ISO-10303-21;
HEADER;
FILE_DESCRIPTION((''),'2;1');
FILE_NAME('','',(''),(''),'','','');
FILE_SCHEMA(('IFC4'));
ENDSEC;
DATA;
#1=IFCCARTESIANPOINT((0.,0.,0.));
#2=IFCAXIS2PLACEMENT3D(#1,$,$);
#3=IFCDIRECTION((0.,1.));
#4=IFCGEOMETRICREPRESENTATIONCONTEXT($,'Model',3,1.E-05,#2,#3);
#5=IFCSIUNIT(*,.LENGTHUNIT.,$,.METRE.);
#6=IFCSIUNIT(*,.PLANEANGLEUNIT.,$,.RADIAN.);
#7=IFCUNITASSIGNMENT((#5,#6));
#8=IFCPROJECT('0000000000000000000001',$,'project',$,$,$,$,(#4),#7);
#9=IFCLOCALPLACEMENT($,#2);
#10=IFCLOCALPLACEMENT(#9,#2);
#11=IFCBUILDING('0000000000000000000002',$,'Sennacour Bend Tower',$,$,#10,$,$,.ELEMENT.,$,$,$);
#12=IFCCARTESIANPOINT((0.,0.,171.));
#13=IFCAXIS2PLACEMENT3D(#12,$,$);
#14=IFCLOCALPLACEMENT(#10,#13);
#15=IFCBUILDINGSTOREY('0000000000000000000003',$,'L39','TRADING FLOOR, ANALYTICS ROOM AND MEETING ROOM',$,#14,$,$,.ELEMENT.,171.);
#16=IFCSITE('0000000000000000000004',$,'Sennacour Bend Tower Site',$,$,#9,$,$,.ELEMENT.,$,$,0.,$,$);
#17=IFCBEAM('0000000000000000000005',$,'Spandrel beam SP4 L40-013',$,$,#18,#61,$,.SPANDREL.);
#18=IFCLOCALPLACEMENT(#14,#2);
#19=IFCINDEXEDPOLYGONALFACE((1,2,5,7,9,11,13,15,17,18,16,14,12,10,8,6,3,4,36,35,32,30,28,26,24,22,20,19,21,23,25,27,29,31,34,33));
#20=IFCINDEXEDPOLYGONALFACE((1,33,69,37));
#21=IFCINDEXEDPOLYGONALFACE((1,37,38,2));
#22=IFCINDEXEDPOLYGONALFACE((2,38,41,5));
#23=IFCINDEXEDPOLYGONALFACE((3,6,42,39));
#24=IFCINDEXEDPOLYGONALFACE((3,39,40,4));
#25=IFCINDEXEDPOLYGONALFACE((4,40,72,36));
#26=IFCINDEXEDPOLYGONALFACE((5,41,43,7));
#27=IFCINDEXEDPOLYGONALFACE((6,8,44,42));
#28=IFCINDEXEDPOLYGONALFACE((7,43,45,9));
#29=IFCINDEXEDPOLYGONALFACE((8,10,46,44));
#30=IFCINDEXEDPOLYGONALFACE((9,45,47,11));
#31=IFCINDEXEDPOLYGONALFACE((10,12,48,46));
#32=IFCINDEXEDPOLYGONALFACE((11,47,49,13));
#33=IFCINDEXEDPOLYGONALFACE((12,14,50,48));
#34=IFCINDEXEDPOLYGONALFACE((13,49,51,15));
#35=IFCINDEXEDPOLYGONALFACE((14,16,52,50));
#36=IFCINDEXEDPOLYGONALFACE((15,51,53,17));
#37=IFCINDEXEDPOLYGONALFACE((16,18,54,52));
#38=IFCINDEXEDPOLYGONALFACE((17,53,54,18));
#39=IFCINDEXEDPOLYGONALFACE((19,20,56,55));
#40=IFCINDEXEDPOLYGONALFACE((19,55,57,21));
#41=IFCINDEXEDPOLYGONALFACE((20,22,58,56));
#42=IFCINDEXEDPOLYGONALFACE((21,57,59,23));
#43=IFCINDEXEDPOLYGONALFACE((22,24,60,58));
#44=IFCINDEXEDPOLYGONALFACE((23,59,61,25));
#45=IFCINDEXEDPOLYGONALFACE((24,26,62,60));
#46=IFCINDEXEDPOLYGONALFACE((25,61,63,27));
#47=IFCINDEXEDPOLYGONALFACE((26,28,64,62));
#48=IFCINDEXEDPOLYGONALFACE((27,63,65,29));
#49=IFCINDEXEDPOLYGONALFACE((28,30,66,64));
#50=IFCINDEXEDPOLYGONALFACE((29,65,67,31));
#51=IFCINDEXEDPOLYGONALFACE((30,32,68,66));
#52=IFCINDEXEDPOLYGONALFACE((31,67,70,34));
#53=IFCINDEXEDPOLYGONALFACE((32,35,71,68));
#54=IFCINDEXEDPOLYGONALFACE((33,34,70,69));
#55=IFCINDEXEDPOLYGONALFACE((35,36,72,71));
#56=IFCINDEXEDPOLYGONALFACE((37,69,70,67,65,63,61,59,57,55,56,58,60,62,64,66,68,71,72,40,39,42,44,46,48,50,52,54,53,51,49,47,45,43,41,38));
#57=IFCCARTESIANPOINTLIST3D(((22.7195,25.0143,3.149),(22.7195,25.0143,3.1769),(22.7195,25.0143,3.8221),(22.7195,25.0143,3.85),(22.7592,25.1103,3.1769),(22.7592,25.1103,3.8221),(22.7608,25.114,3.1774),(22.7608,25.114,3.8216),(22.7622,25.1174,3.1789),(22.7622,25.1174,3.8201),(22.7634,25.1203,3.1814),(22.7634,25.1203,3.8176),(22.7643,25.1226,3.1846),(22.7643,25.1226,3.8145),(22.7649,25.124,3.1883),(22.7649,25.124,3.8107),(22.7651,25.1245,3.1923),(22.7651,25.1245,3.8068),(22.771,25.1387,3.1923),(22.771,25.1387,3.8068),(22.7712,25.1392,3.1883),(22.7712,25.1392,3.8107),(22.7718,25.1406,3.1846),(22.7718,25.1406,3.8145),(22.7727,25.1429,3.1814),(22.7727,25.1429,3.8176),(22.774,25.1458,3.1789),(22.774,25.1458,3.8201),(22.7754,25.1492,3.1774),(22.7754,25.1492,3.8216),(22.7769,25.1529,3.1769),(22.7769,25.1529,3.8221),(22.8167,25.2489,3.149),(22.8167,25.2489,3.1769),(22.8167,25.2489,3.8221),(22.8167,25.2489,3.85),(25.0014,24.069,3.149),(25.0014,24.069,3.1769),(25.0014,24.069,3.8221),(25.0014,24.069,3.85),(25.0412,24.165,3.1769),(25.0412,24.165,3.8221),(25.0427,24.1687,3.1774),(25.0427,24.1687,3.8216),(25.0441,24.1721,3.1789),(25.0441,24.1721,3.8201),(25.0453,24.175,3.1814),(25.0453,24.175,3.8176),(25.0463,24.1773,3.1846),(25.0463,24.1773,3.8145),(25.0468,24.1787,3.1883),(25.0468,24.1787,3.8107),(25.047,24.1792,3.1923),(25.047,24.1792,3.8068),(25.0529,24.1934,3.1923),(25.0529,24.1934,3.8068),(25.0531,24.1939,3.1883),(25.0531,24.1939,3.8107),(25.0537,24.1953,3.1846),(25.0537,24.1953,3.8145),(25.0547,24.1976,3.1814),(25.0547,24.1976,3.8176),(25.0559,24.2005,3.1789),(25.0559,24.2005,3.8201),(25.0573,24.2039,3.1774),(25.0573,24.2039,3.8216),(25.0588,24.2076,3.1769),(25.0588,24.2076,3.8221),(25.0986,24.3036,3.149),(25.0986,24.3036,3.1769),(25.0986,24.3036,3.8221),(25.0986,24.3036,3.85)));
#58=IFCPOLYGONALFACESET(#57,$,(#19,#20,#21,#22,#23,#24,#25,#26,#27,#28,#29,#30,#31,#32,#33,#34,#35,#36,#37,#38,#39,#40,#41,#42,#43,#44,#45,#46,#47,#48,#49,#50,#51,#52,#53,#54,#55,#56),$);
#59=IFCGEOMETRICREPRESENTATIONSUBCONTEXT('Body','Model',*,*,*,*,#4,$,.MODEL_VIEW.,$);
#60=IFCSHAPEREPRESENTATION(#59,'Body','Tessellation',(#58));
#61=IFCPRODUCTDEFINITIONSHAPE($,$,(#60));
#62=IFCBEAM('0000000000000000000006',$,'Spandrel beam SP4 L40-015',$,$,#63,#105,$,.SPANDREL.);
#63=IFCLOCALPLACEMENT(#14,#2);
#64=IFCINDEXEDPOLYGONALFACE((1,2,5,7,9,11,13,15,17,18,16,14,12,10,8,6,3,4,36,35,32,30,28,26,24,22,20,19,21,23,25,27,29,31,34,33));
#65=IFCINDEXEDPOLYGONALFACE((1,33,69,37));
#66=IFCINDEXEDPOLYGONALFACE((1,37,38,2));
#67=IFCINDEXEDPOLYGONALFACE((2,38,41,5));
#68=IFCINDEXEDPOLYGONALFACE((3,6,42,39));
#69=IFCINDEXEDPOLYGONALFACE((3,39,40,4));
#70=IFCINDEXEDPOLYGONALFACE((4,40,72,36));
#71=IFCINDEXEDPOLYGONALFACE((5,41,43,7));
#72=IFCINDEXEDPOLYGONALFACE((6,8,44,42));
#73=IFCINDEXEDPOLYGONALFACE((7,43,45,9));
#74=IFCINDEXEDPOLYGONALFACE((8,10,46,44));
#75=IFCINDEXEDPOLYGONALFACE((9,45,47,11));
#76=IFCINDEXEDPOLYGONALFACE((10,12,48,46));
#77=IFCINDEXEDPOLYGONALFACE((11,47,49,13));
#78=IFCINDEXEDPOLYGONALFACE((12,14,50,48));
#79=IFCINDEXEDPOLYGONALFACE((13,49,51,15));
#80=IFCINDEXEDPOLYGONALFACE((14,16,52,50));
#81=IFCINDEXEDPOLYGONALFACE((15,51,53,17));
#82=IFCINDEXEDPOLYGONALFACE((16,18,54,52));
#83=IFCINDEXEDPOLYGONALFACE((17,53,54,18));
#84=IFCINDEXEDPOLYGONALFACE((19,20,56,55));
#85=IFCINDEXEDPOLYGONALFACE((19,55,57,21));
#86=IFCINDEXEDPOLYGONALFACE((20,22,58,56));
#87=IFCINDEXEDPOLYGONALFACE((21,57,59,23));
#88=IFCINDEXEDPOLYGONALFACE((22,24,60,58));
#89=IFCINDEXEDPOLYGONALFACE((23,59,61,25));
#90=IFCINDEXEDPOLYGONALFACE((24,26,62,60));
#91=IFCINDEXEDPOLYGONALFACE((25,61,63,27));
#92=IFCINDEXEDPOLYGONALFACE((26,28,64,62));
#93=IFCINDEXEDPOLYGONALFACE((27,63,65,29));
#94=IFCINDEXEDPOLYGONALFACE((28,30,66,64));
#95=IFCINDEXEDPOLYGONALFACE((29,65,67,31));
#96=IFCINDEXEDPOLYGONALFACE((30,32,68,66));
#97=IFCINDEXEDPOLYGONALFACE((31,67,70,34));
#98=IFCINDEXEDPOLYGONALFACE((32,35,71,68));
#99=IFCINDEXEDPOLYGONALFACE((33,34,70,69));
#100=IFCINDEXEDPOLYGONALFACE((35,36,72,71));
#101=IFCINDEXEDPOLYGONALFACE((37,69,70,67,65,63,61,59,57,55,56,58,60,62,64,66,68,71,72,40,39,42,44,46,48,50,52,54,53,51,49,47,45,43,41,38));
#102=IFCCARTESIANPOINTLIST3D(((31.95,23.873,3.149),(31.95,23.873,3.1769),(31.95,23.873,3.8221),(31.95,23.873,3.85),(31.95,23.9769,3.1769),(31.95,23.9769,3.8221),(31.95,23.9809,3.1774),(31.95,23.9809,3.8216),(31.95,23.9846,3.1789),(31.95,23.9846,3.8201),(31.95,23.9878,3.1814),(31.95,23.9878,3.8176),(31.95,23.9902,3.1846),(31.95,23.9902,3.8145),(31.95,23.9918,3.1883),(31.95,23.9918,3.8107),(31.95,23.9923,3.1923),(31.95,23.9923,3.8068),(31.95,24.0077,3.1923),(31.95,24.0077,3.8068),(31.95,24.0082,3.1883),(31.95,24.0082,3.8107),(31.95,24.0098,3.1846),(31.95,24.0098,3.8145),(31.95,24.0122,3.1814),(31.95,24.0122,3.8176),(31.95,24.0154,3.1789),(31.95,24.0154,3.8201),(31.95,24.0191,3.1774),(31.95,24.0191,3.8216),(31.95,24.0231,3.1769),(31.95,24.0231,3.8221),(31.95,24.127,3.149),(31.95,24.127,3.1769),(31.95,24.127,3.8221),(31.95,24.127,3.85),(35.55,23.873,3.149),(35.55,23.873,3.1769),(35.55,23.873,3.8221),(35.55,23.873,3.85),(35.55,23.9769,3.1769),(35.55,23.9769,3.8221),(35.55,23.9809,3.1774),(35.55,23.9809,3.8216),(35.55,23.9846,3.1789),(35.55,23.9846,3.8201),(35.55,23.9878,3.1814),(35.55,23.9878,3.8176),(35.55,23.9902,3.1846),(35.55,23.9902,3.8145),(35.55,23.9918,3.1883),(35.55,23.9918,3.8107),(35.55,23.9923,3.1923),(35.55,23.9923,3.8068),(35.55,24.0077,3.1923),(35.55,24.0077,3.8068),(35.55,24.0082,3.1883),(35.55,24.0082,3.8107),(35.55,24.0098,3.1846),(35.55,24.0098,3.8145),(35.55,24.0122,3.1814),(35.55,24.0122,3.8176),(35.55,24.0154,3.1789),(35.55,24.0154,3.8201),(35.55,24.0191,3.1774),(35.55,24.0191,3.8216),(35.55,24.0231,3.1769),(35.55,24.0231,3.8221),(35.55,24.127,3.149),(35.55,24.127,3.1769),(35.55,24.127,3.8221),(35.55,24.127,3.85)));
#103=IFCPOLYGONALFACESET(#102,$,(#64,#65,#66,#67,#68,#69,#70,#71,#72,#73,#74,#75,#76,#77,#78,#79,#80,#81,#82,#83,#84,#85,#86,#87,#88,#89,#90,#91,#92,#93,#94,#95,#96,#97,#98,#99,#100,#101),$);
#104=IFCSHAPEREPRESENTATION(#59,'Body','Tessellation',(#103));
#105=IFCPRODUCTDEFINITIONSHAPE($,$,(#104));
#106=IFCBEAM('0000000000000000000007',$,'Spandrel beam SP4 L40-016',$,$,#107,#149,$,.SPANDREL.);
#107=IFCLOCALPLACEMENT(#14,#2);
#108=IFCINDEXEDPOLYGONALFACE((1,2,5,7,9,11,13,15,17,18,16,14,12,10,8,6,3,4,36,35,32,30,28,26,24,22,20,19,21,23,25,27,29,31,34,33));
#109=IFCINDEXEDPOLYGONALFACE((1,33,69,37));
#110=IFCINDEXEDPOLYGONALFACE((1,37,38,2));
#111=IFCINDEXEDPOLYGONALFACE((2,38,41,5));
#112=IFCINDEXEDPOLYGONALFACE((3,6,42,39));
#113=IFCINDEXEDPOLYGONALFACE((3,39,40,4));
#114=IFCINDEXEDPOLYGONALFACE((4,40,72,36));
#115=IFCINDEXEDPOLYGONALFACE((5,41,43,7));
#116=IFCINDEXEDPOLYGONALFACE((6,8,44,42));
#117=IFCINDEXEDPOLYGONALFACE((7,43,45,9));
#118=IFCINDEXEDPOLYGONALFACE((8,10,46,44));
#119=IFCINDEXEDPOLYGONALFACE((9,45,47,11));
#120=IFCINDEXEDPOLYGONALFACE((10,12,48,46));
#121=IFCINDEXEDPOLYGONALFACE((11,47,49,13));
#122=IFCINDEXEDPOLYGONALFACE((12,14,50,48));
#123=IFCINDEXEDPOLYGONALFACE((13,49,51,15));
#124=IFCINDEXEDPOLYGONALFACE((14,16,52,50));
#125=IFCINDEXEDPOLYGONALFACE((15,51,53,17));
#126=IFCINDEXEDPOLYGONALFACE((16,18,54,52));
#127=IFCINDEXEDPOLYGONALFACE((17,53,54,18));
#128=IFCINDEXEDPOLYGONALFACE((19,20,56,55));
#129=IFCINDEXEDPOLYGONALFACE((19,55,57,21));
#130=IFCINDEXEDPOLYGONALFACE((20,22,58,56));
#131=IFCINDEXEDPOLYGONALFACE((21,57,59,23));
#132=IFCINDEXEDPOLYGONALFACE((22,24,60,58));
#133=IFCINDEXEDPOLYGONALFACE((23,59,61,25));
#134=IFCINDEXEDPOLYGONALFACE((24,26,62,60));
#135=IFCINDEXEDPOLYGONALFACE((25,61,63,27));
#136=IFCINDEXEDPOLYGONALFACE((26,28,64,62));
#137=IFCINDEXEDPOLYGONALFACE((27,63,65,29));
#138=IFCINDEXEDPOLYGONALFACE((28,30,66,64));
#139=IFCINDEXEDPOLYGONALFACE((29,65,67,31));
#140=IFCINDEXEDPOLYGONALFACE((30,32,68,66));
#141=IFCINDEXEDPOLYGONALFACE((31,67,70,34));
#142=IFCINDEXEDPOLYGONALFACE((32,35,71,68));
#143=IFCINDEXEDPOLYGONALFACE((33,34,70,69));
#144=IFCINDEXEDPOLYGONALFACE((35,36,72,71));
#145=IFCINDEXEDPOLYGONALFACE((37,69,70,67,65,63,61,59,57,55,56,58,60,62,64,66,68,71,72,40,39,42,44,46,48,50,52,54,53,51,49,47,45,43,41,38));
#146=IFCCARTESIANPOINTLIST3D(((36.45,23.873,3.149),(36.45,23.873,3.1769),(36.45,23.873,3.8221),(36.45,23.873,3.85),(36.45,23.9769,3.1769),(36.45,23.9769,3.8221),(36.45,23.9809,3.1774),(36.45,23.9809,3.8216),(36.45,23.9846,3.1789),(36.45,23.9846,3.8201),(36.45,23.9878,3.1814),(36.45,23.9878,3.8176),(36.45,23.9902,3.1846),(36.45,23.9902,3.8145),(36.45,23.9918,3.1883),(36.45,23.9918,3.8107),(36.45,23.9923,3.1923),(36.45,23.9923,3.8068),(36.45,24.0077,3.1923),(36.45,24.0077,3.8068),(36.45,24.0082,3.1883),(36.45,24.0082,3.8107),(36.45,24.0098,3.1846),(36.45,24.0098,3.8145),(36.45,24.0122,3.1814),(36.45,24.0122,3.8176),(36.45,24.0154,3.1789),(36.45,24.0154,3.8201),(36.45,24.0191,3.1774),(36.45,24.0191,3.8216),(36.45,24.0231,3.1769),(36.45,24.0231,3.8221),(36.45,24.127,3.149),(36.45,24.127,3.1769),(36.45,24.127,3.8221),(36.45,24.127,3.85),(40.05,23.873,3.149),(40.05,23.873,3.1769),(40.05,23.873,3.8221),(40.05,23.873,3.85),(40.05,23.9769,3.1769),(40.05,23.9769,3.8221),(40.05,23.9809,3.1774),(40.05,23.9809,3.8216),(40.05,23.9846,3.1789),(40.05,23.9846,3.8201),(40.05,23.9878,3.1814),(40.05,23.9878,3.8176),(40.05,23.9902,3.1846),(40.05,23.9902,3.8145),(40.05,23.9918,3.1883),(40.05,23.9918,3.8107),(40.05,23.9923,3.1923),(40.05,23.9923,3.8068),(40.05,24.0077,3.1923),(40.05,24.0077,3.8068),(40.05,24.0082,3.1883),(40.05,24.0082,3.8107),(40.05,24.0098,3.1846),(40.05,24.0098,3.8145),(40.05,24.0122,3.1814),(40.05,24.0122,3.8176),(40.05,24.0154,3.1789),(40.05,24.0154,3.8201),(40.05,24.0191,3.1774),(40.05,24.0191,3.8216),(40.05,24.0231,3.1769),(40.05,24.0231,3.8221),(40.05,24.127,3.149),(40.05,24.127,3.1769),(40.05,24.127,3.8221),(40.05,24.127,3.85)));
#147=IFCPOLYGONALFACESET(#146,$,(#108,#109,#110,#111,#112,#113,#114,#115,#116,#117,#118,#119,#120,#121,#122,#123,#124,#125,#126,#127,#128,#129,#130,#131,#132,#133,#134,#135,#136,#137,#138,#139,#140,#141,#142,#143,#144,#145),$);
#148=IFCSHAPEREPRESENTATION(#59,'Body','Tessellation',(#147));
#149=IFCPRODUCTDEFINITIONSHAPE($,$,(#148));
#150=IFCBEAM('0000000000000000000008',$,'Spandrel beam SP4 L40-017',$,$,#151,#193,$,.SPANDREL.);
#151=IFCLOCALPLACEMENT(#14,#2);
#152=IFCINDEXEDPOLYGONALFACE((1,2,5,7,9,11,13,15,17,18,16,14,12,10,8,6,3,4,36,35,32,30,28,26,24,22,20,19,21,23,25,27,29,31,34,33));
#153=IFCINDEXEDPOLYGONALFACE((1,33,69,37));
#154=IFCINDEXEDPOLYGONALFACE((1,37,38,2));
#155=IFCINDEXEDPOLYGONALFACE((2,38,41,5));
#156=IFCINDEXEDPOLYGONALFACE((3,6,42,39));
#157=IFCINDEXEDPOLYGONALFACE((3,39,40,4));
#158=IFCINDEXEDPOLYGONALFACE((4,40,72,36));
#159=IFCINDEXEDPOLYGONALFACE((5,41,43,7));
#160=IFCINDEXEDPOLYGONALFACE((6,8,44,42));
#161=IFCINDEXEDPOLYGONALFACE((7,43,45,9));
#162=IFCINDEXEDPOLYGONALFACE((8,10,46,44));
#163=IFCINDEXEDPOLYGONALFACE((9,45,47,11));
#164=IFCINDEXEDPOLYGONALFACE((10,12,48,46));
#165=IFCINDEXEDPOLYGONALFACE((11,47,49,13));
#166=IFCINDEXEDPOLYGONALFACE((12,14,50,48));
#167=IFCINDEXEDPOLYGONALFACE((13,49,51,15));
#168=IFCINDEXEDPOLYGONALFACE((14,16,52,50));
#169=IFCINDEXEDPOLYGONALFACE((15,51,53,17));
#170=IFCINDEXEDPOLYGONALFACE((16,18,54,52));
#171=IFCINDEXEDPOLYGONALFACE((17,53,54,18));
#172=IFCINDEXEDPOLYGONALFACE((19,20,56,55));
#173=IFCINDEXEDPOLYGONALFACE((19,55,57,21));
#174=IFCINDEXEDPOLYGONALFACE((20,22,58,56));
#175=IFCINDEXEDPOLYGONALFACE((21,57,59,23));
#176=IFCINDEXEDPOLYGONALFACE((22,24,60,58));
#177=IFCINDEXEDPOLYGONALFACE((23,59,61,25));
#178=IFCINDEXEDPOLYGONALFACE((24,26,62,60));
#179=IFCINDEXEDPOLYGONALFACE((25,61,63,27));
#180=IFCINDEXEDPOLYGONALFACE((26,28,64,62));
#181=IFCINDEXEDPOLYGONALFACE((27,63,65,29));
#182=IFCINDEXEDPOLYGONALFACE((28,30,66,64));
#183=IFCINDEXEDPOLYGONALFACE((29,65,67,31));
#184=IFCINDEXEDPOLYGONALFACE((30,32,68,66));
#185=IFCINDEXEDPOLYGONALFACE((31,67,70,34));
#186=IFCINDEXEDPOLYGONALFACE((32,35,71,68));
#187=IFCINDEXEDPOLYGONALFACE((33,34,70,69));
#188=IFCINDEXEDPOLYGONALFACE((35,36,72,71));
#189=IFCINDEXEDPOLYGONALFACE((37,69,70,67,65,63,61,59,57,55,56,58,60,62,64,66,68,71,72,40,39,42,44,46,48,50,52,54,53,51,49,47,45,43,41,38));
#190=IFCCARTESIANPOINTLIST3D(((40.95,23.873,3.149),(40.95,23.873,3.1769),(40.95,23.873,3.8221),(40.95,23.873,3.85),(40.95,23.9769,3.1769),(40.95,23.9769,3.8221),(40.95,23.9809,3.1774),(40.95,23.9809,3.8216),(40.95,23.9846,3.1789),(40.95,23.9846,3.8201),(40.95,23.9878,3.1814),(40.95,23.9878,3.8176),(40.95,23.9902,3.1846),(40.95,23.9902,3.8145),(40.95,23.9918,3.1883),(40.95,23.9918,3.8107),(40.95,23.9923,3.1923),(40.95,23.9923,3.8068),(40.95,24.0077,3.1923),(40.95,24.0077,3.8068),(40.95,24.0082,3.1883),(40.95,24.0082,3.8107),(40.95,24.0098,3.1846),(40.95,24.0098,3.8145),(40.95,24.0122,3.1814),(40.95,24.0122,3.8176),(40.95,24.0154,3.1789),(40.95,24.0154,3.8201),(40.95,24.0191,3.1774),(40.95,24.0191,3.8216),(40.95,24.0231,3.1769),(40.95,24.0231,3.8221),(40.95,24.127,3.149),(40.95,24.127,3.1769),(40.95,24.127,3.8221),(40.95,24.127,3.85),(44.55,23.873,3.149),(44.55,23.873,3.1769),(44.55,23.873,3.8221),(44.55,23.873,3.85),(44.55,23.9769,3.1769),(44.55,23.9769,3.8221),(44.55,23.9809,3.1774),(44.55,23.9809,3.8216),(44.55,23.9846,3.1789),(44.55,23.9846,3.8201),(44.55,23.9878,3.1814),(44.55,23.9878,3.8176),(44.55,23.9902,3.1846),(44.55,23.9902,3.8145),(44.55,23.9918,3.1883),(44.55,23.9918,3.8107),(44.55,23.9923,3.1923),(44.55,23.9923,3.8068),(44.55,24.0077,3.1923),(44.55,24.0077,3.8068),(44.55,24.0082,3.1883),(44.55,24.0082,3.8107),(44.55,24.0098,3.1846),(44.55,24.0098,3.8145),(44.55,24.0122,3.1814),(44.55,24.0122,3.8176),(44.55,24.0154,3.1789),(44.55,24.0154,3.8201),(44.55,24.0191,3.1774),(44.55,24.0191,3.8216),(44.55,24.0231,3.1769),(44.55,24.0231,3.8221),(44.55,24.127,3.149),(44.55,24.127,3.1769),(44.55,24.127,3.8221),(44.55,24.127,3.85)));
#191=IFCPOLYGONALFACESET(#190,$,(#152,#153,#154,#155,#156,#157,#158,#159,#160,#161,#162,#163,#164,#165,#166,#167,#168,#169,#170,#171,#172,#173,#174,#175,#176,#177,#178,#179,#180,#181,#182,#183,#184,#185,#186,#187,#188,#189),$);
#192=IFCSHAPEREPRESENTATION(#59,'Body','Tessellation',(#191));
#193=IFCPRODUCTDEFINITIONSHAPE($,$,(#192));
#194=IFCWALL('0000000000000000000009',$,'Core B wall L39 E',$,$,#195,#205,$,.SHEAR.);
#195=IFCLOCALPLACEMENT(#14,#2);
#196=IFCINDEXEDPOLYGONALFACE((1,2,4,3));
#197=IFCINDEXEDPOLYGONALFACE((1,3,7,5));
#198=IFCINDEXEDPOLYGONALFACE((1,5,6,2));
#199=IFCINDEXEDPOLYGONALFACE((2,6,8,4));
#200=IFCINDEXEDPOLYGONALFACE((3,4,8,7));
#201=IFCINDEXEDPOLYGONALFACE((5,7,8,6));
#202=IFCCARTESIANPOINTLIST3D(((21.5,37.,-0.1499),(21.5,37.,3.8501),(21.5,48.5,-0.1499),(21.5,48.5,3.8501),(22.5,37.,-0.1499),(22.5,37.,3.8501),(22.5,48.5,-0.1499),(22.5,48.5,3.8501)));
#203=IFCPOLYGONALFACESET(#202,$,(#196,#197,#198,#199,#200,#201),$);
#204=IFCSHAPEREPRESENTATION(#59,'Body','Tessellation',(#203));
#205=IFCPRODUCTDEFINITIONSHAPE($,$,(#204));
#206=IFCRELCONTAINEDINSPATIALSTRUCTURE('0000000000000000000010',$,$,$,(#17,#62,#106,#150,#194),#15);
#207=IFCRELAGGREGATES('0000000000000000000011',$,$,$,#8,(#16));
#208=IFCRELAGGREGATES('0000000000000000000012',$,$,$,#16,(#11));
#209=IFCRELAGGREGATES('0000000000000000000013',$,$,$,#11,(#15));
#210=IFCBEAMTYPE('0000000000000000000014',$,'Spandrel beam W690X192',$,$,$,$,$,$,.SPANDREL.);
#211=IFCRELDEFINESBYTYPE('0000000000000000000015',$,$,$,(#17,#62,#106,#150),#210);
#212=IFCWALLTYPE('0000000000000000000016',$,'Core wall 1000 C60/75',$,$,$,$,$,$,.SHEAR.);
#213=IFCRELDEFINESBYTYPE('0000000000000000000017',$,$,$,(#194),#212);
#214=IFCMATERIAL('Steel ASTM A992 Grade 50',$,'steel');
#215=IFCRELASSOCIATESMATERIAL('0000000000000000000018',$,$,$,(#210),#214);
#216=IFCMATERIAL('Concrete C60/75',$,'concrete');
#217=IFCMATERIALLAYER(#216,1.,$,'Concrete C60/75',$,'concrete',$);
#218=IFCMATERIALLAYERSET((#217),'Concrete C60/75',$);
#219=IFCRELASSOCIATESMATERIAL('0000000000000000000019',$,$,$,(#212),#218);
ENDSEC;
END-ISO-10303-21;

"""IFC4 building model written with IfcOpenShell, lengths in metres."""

from ifc_helpers import new_model, si_unit, direction, frame, frame_2d, origin, origin_2d, place, context, subcontext, project, spatial, rectangle, i_section, extrude, material, layer, layer_set, material_profile, profile_set, type_object, element, save


model = new_model("IFC4")

# Units and contexts
model_context = context("Model", 3, precision=1e-05, world=origin(), true_north=direction((0.0, 1.0)))
body_context = subcontext(model_context, "Body", "Model", "MODEL_VIEW")
ifc_project = project(units=[si_unit("LENGTHUNIT", "METRE"), si_unit("PLANEANGLEUNIT", "RADIAN")], contexts=[model_context])

# Site, building, storey
site_placement = place(None, origin())
site = spatial("IfcSite", under=ifc_project, at=site_placement, Name="Sennacour Bend Tower Site", CompositionType="ELEMENT", RefElevation=0.0)
building_placement = place(site_placement, origin())
building = spatial("IfcBuilding", under=site, at=building_placement, Name="Sennacour Bend Tower", CompositionType="ELEMENT")
storey_placement = place(building_placement, frame((0.0, 0.0, 171.0)))
storey = spatial("IfcBuildingStorey", under=building, at=storey_placement, Name="L39", Description="TRADING FLOOR, ANALYTICS ROOM AND MEETING ROOM", CompositionType="ELEMENT", Elevation=171.0)

# Beams
ifc_material_1 = material(Name="Steel ASTM A992 Grade 50", Category="steel")
ifc_material_profile_1 = material_profile(ifc_material_1, i_section(OverallWidth=0.2539, OverallDepth=0.7009, WebThickness=0.0154, FlangeThickness=0.0278, FilletRadius=0.0154, at=origin_2d()), Name="Steel ASTM A992 Grade 50", Category="steel")
ifc_profile_set_1 = profile_set([ifc_material_profile_1], Name="Steel ASTM A992 Grade 50")
beam_type = type_object("IfcBeamType", Name="Spandrel beam W690X192", PredefinedType="SPANDREL", material=ifc_profile_set_1)
for number, where, z_axis, x_axis, name in (
    (1, (22.7681, 25.1316, 3.4995), (0.923867, -0.382713, 0.0), (0.382713, 0.923867, 0.0), "Spandrel beam SP4 L40-013"),
):
    element("IfcBeam", number, at=place(storey_placement, frame(where, z_axis=z_axis, x_axis=x_axis)), inside=storey, type_object=beam_type, Name=name, PredefinedType="SPANDREL", context=body_context, shape_type="SweptSolid", body=[
        extrude(i_section(OverallWidth=0.2539, OverallDepth=0.7009, WebThickness=0.0154, FlangeThickness=0.0278, FilletRadius=0.0154, at=origin_2d()), origin(), (0.0, 0.0, 1.0), 2.47),
    ])
for number, where, z_axis, x_axis, name in (
    (2, (31.95, 24.0, 3.4995), (1.0, 0.0, 0.0), (0.0, 1.0, 0.0), "Spandrel beam SP4 L40-015"),
    (3, (36.45, 24.0, 3.4995), (1.0, 0.0, 0.0), (0.0, 1.0, 0.0), "Spandrel beam SP4 L40-016"),
    (4, (40.95, 24.0, 3.4995), (1.0, 0.0, 0.0), (0.0, 1.0, 0.0), "Spandrel beam SP4 L40-017"),
):
    element("IfcBeam", number, at=place(storey_placement, frame(where, z_axis=z_axis, x_axis=x_axis)), inside=storey, type_object=beam_type, Name=name, PredefinedType="SPANDREL", context=body_context, shape_type="SweptSolid", body=[
        extrude(i_section(OverallWidth=0.2539, OverallDepth=0.7009, WebThickness=0.0154, FlangeThickness=0.0278, FilletRadius=0.0154, at=origin_2d()), origin(), (0.0, 0.0, 1.0), 3.6001),
    ])

# Wall
ifc_material_2 = material(Name="Concrete C60/75", Category="concrete")
ifc_layer_1 = layer(ifc_material_2, 1.0, Name="Concrete C60/75", Category="concrete")
ifc_layer_set_1 = layer_set([ifc_layer_1], Name="Concrete C60/75")
wall_type_1 = type_object("IfcWallType", Name="Core wall 1000 C60/75", PredefinedType="SHEAR", material=ifc_layer_set_1)
wall_1_placement = place(storey_placement, frame((22.0, 37.0, -0.1499), z_axis=(0.0, 0.0, 1.0), x_axis=(0.0, 1.0, 0.0)))
element("IfcWall", 5, at=wall_1_placement, inside=storey, type_object=wall_type_1, Name="Core B wall L39 E", PredefinedType="SHEAR", context=body_context, shape_type="SweptSolid", body=[
    extrude(rectangle(XDim=11.5, YDim=1.0, at=frame_2d((5.75, 0.0))), origin(), (0.0, 0.0, 1.0), 4.0),
])

save(model, "model.ifc")
